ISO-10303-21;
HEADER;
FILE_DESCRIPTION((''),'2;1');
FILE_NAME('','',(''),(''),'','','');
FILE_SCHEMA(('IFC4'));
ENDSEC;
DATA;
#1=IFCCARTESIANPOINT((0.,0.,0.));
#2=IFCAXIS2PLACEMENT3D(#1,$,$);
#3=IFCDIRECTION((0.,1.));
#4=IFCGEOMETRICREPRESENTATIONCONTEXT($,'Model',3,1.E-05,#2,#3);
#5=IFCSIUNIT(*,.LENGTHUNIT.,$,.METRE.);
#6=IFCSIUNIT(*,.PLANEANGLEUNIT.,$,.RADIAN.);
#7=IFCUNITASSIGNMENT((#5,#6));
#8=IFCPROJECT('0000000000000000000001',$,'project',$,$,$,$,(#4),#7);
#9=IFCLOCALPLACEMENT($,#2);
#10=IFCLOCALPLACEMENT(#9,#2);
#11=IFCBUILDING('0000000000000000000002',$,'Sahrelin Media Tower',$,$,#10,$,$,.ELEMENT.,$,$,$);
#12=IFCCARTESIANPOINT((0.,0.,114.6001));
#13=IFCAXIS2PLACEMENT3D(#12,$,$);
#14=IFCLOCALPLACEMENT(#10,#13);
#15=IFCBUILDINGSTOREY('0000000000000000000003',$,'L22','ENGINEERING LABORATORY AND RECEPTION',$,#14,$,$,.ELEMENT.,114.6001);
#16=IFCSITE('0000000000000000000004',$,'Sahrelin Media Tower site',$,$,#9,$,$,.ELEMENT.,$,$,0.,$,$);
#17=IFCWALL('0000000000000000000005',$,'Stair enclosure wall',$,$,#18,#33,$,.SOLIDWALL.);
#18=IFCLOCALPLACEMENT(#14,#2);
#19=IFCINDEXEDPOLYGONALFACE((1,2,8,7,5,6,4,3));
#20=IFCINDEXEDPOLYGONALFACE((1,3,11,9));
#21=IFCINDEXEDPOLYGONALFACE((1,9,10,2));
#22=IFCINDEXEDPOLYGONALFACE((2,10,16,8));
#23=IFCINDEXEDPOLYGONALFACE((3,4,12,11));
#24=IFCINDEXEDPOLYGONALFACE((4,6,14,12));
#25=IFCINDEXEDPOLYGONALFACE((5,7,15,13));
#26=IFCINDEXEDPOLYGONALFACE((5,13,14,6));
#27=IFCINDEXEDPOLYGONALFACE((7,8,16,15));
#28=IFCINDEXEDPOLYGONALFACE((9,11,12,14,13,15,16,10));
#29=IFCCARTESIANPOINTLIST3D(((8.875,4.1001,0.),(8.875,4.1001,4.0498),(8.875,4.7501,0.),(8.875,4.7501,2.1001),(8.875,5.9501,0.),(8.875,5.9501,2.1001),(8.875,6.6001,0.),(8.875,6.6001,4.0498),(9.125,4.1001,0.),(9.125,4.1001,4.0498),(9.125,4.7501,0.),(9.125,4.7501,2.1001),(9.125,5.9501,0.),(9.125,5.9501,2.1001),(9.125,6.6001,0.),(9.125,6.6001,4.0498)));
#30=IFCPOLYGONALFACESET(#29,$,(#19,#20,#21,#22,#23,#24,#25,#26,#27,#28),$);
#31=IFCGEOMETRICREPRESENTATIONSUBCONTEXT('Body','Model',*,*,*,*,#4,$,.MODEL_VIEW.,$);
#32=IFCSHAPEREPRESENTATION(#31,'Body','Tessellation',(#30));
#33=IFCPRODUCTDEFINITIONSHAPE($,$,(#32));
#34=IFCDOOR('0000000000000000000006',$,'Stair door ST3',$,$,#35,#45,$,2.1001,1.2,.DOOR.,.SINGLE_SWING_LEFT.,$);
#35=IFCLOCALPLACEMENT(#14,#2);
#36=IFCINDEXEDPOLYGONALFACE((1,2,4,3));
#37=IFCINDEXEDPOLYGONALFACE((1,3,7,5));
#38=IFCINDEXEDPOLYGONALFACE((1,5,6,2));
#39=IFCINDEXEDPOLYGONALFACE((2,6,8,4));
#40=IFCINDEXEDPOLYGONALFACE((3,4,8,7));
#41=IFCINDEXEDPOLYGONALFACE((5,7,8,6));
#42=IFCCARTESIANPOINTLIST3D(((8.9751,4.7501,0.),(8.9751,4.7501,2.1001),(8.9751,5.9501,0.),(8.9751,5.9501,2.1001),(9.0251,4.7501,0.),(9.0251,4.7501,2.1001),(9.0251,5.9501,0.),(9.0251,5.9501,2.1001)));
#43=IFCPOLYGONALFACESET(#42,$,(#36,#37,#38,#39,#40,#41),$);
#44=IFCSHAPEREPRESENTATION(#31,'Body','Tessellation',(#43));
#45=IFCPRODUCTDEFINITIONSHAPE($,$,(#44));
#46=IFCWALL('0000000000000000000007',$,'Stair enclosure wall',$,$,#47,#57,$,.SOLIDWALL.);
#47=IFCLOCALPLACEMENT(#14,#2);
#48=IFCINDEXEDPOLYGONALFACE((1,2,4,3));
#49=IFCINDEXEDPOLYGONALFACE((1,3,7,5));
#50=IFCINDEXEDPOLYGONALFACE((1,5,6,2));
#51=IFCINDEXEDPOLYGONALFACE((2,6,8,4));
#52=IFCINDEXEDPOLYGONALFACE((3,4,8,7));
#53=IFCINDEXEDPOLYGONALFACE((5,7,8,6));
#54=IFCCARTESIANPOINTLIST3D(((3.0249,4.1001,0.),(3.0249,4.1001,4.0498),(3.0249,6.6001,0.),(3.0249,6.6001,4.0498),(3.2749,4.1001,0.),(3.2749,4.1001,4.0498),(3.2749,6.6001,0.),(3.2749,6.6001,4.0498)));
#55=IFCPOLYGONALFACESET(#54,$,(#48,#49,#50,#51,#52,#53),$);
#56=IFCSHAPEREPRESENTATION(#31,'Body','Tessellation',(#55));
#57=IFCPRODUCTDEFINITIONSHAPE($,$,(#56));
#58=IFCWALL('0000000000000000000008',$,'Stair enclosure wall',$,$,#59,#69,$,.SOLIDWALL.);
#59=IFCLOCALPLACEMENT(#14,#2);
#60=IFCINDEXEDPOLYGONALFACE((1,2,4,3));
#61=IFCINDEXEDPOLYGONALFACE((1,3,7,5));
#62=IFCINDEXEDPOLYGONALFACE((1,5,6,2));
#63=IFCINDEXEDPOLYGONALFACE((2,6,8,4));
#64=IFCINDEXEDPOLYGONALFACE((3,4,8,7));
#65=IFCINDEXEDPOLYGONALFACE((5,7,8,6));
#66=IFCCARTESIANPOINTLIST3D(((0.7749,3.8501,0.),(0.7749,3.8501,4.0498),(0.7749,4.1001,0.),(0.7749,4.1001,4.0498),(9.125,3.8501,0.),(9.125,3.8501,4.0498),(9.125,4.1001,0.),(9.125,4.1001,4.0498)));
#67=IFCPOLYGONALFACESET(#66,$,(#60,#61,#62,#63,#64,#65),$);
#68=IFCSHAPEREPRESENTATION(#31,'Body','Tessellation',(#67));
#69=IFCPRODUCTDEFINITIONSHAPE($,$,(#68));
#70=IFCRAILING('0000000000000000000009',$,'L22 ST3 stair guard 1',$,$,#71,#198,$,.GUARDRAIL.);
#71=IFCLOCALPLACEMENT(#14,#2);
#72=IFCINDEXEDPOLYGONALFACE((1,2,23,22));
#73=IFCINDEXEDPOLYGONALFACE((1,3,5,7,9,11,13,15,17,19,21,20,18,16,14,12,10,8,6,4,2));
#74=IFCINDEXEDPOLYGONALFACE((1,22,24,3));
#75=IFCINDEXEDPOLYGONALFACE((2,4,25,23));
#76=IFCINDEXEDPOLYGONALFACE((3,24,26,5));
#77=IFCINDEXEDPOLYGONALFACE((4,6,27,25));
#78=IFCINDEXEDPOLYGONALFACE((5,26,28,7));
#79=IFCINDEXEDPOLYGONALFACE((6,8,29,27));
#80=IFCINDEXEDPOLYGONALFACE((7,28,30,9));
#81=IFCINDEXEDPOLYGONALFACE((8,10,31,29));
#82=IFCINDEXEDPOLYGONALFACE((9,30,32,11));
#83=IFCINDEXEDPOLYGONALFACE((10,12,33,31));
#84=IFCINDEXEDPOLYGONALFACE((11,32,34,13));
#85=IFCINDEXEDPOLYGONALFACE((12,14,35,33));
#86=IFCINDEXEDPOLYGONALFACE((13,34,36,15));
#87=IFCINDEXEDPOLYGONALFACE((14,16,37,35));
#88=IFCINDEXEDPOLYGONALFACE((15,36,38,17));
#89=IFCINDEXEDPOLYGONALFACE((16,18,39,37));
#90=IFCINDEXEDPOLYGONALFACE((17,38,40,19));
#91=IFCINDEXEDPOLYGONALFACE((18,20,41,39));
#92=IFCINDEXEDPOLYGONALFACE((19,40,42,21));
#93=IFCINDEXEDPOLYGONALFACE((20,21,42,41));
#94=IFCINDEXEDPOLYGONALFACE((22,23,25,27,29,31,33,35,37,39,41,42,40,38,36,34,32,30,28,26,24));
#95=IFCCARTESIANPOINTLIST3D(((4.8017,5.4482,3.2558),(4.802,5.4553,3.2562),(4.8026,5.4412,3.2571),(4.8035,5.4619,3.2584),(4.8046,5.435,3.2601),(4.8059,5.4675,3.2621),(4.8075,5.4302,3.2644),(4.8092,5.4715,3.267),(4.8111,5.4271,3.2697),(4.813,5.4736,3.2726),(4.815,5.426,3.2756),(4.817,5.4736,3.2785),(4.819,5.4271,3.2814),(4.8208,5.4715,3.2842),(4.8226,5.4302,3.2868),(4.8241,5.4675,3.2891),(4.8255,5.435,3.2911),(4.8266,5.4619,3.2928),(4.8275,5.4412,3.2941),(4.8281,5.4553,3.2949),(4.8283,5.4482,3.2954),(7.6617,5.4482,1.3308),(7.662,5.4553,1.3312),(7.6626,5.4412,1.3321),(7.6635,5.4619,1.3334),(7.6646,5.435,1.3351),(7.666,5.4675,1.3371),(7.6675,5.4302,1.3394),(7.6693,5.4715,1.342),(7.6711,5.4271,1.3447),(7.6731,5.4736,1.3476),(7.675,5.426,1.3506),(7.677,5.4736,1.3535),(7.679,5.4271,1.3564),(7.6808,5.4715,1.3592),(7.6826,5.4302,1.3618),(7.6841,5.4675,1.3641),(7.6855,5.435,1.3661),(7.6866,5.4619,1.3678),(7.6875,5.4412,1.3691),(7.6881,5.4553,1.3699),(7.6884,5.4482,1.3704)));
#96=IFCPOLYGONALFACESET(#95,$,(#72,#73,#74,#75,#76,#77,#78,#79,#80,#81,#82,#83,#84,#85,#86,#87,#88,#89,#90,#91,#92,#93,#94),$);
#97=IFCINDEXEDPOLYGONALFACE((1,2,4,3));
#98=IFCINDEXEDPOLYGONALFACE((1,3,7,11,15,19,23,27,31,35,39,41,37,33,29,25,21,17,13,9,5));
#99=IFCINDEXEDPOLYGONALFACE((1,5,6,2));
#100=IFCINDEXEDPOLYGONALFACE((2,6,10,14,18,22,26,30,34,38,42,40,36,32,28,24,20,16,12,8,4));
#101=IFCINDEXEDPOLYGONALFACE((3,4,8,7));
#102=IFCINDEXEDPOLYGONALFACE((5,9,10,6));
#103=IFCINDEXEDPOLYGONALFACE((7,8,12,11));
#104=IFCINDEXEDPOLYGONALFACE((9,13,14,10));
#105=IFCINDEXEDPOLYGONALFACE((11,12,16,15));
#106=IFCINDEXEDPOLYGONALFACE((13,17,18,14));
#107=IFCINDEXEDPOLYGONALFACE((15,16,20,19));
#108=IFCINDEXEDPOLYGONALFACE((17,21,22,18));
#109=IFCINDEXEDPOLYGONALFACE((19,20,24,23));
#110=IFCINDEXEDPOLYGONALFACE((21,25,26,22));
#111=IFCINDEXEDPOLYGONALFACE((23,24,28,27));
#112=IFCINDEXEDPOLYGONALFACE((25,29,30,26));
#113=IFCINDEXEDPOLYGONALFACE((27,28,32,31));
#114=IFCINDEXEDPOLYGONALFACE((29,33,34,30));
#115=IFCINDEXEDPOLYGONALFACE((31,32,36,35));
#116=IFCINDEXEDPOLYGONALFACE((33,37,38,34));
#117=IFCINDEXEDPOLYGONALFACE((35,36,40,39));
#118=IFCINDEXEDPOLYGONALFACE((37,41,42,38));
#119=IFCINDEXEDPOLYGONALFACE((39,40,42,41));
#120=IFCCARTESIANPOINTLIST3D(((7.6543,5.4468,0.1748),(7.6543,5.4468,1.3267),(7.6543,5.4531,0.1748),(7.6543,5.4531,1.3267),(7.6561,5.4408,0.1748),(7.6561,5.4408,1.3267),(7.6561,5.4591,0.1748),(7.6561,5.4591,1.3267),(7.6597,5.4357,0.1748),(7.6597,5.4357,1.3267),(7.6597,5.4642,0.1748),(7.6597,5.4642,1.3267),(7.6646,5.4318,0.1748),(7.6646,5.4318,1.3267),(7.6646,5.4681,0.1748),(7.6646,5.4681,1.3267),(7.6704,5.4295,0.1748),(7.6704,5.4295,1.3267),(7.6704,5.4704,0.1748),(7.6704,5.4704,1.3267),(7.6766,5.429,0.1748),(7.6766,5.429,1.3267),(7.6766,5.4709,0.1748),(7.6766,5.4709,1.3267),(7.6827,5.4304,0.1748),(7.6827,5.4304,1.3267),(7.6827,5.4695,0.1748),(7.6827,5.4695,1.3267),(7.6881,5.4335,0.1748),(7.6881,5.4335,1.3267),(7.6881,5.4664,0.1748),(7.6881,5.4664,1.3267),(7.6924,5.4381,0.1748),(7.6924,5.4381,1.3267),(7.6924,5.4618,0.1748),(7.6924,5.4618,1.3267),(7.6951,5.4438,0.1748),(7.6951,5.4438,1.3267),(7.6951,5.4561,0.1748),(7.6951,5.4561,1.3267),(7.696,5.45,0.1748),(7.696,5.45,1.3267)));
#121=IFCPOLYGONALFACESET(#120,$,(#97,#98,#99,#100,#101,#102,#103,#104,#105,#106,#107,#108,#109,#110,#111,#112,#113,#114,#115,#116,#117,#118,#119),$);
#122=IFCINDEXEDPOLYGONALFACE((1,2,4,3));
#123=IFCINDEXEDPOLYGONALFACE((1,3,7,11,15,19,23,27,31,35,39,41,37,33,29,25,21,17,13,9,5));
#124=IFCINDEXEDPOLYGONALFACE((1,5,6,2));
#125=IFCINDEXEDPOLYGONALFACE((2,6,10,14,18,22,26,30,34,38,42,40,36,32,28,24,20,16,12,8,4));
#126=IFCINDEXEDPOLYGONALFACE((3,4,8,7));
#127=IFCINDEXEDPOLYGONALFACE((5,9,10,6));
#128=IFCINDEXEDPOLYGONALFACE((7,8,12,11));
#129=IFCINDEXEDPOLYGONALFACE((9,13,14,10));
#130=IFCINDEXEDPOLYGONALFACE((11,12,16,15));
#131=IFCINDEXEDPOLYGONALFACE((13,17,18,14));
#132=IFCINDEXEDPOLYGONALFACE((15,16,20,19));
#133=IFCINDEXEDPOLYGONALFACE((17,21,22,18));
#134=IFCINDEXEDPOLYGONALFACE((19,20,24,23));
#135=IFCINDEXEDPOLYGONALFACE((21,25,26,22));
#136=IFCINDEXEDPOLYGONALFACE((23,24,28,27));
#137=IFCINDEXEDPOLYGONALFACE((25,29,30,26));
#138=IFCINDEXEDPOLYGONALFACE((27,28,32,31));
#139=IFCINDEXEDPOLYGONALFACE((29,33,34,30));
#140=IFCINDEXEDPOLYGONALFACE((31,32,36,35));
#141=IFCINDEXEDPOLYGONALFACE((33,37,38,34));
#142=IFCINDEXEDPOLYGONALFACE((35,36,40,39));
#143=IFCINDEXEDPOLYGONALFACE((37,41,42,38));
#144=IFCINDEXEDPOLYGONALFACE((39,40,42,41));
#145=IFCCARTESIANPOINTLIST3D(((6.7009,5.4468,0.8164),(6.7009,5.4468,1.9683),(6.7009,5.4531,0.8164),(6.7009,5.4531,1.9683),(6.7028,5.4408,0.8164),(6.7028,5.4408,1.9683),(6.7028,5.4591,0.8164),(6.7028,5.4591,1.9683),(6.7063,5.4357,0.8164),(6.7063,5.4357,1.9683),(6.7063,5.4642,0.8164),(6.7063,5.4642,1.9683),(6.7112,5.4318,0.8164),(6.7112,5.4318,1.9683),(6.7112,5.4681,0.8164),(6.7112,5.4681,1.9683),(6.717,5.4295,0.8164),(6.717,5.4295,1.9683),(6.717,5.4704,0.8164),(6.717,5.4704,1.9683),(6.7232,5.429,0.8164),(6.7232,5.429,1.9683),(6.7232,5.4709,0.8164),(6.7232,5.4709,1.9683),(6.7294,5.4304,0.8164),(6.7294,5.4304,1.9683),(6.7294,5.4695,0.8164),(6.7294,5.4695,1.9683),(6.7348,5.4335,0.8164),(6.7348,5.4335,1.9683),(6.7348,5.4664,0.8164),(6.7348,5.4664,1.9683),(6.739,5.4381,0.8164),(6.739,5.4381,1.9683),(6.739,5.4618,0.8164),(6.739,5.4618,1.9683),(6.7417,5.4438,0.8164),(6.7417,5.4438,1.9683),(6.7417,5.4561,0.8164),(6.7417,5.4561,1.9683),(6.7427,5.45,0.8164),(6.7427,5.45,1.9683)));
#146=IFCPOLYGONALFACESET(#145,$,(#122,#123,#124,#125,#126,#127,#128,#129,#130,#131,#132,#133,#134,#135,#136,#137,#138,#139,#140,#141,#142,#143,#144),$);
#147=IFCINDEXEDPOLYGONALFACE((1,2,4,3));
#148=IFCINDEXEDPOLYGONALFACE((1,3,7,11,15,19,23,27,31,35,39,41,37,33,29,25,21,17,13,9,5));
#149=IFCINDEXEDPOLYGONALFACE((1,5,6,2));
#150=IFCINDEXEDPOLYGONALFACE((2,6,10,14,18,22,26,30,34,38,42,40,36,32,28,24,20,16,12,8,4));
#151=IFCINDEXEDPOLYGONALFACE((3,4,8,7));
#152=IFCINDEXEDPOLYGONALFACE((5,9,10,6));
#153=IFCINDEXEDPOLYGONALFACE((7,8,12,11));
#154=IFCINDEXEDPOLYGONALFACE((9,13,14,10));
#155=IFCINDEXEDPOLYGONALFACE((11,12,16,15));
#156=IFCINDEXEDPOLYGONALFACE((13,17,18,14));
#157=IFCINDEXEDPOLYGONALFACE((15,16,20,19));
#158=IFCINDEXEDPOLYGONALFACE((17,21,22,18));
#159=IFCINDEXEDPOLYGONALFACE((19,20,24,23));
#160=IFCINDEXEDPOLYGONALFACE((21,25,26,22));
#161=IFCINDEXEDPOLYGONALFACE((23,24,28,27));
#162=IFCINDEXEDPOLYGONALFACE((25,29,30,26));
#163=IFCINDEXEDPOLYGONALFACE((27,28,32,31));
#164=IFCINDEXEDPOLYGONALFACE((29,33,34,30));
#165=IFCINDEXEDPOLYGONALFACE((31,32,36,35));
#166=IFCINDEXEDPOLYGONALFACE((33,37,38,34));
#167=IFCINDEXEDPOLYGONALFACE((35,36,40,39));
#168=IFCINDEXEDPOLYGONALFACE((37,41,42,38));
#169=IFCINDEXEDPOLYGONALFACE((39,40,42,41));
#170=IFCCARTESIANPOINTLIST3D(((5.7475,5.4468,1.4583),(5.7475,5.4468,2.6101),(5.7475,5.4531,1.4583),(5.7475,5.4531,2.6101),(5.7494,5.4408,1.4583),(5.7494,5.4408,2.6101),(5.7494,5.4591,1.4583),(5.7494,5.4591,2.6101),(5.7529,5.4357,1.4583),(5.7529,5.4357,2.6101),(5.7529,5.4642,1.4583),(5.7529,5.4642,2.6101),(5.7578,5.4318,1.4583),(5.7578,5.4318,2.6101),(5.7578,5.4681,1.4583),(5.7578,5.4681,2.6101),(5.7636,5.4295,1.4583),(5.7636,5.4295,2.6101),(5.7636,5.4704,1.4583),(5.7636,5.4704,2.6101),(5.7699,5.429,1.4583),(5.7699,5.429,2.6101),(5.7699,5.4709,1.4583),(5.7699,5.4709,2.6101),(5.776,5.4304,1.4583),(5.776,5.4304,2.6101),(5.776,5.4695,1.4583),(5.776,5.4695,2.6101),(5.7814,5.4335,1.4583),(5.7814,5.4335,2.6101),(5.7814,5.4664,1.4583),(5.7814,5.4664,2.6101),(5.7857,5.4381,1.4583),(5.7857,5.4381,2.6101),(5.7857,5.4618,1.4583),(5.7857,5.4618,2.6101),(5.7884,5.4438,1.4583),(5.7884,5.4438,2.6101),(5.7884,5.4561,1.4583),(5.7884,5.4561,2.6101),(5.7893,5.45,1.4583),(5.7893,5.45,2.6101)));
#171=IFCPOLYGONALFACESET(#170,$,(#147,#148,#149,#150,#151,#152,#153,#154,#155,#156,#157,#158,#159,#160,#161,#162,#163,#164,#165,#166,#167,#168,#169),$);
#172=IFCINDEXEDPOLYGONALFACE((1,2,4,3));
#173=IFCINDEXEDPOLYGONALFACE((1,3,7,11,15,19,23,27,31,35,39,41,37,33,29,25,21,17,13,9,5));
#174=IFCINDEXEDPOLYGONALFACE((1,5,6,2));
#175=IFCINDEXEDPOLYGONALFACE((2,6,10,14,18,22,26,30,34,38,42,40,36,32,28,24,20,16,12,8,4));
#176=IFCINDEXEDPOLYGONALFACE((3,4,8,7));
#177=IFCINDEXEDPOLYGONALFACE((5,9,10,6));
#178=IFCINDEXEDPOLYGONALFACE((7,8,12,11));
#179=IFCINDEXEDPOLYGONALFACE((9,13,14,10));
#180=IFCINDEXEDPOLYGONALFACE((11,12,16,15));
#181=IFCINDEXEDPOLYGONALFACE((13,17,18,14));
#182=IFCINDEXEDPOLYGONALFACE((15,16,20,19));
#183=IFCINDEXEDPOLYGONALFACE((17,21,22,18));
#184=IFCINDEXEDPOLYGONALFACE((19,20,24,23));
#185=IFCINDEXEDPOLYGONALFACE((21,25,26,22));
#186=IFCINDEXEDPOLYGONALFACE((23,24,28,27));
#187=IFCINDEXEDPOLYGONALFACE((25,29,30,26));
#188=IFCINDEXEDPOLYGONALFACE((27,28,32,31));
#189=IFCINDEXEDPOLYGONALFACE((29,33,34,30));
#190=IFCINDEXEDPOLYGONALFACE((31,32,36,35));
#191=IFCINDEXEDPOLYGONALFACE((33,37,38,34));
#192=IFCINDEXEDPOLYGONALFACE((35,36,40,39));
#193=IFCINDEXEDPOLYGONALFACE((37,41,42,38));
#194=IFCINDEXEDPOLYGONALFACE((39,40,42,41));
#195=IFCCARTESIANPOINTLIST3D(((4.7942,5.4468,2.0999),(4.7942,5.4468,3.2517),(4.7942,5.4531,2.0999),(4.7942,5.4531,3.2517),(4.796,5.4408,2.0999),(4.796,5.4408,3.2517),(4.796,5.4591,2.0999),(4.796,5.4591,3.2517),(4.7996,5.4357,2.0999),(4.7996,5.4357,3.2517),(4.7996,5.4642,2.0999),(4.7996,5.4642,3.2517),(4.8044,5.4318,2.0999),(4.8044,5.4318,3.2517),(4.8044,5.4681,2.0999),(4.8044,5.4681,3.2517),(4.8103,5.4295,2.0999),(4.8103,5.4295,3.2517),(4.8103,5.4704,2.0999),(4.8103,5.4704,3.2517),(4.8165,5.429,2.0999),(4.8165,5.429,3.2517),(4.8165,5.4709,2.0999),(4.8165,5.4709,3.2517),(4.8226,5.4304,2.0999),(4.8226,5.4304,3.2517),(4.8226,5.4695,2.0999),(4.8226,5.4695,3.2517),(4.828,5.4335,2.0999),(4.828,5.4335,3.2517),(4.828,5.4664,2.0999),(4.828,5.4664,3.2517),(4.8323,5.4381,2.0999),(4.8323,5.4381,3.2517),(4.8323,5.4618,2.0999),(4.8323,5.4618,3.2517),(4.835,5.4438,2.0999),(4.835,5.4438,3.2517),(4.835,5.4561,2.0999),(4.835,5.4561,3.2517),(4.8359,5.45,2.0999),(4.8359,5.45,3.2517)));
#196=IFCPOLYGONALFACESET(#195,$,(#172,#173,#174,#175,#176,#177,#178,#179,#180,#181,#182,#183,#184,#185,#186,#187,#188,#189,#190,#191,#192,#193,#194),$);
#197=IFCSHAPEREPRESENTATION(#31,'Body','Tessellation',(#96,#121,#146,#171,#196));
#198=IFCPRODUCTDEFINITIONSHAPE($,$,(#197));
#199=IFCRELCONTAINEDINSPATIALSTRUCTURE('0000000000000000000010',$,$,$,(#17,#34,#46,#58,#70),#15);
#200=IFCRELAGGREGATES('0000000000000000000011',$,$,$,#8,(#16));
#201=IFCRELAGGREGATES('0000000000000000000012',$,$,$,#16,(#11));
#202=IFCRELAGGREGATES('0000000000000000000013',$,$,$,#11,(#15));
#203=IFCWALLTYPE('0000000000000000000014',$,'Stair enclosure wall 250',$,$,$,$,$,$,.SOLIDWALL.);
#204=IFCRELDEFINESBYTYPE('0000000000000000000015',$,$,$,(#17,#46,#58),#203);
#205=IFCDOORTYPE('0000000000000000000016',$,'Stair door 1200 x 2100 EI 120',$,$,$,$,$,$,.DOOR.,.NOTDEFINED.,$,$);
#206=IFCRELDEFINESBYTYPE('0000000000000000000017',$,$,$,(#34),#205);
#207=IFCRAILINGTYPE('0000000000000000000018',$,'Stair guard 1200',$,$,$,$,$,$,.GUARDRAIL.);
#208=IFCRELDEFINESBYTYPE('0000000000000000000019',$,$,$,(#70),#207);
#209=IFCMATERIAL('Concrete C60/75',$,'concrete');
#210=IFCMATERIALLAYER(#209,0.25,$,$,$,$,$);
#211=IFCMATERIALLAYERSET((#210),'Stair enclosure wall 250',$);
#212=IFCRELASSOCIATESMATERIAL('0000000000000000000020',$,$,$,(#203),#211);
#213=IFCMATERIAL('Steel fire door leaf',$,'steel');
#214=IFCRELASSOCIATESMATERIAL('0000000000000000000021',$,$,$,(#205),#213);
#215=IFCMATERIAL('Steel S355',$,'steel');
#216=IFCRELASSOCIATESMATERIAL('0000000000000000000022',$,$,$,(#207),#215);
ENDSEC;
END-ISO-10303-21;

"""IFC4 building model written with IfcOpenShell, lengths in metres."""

from ifc_helpers import new_model, si_unit, direction, frame, frame_2d, origin, origin_2d, place, context, subcontext, project, spatial, rectangle, circle, extrude, material, layer, layer_set, type_object, element, fill, save


model = new_model("IFC4")

# Units and contexts
model_context = context("Model", 3, precision=1e-05, world=origin(), true_north=direction((0.0, 1.0)))
body_context = subcontext(model_context, "Body", "Model", "MODEL_VIEW")
ifc_project = project(units=[si_unit("LENGTHUNIT", "METRE"), si_unit("PLANEANGLEUNIT", "RADIAN")], contexts=[model_context])

# Site, building, storey
site_placement = place(None, origin())
site = spatial("IfcSite", under=ifc_project, at=site_placement, Name="Sahrelin Media Tower site", CompositionType="ELEMENT", RefElevation=0.0)
building_placement = place(site_placement, origin())
building = spatial("IfcBuilding", under=site, at=building_placement, Name="Sahrelin Media Tower", CompositionType="ELEMENT")
storey_placement = place(building_placement, frame((0.0, 0.0, 114.6001)))
storey = spatial("IfcBuildingStorey", under=building, at=storey_placement, Name="L22", Description="ENGINEERING LABORATORY AND RECEPTION", CompositionType="ELEMENT", Elevation=114.6001)

# Shared definitions
ifc_material_1 = material(Name="Steel S355", Category="steel")

# Shared definitions
ifc_material_2 = material(Name="Steel fire door leaf", Category="steel")

# Shared definitions
ifc_material_3 = material(Name="Concrete C60/75", Category="concrete")

# Wall, opening, door
ifc_layer_1 = layer(ifc_material_3, 0.25)
ifc_layer_set_1 = layer_set([ifc_layer_1], Name="Stair enclosure wall 250")
wall_type_1 = type_object("IfcWallType", Name="Stair enclosure wall 250", PredefinedType="SOLIDWALL", material=ifc_layer_set_1)
wall_1_placement = place(storey_placement, frame((9.0, 4.1001, 0.0), z_axis=(0.0, 0.0, 1.0), x_axis=(0.0, 1.0, 0.0)))
wall_1 = element("IfcWall", 1, at=wall_1_placement, inside=storey, type_object=wall_type_1, Name="Stair enclosure wall", PredefinedType="SOLIDWALL", context=body_context, shape_type="SweptSolid", body=[
    extrude(rectangle(XDim=2.5, YDim=0.25, at=frame_2d((1.25, 0.0))), origin(), (0.0, 0.0, 1.0), 4.0498),
])
opening_1_placement = place(wall_1_placement, frame((0.6499, 0.0, 0.0)))
opening_1 = element("IfcOpeningElement", 2, at=opening_1_placement, cuts=wall_1, PredefinedType="OPENING", context=body_context, shape_type="SweptSolid", body=[
    extrude(rectangle(XDim=1.2, YDim=2.1001, at=frame_2d((0.6001, 1.05))), frame((0.0, 0.125, 0.0), z_axis=(0.0, -1.0, 0.0), x_axis=(1.0, 0.0, 0.0)), (0.0, 0.0, 1.0), 0.25),
])
door_type_1 = type_object("IfcDoorType", Name="Stair door 1200 x 2100 EI 120", OperationType="NOTDEFINED", PredefinedType="DOOR", material=ifc_material_2)
door_1_placement = place(opening_1_placement, origin())
door_1 = element("IfcDoor", 3, at=door_1_placement, inside=storey, type_object=door_type_1, Name="Stair door ST3", OperationType="SINGLE_SWING_LEFT", OverallHeight=2.1001, OverallWidth=1.2, PredefinedType="DOOR", context=body_context, shape_type="SweptSolid", body=[
    extrude(rectangle(XDim=1.2, YDim=2.1001, at=frame_2d((0.6001, 1.05))), frame((0.0, 0.0249, 0.0), z_axis=(0.0, -1.0, 0.0), x_axis=(1.0, 0.0, 0.0)), (0.0, 0.0, 1.0), 0.05),
])
fill(opening_1, door_1)

# Walls
wall_2_placement = place(storey_placement, frame((3.1499, 4.1001, 0.0), z_axis=(0.0, 0.0, 1.0), x_axis=(0.0, 1.0, 0.0)))
element("IfcWall", 4, at=wall_2_placement, inside=storey, type_object=wall_type_1, Name="Stair enclosure wall", PredefinedType="SOLIDWALL", context=body_context, shape_type="SweptSolid", body=[
    extrude(rectangle(XDim=2.5, YDim=0.25, at=frame_2d((1.25, 0.0))), origin(), (0.0, 0.0, 1.0), 4.0498),
])
wall_3_placement = place(storey_placement, frame((0.7749, 3.9751, 0.0), z_axis=(0.0, 0.0, 1.0), x_axis=(1.0, 0.0, 0.0)))
element("IfcWall", 5, at=wall_3_placement, inside=storey, type_object=wall_type_1, Name="Stair enclosure wall", PredefinedType="SOLIDWALL", context=body_context, shape_type="SweptSolid", body=[
    extrude(rectangle(XDim=8.3501, YDim=0.25, at=frame_2d((4.175, 0.0))), origin(), (0.0, 0.0, 1.0), 4.0498),
])

# Railing
railing_type_1 = type_object("IfcRailingType", Name="Stair guard 1200", PredefinedType="GUARDRAIL", material=ifc_material_1)
railing_1_placement = place(storey_placement, frame((7.675, 5.45, 0.1748)))
element("IfcRailing", 6, at=railing_1_placement, inside=storey, type_object=railing_type_1, Name="L22 ST3 stair guard 1", PredefinedType="GUARDRAIL", context=body_context, shape_type="SweptSolid", body=[
    extrude(circle(Radius=0.0239, at=origin_2d()), frame((0.0, 0.0, 1.1758), z_axis=(-0.829591, 0.0, 0.558372), x_axis=(0.0, -1.0, 0.0)), (0.0, 0.0, 1.0), 3.4475),
    extrude(circle(Radius=0.021, at=origin_2d()), origin(), (0.0, 0.0, 1.0), 1.1519),
    extrude(circle(Radius=0.021, at=origin_2d()), frame((-0.9534, 0.0, 0.6416)), (0.0, 0.0, 1.0), 1.1519),
    extrude(circle(Radius=0.021, at=origin_2d()), frame((-1.9067, 0.0, 1.2834)), (0.0, 0.0, 1.0), 1.1519),
    extrude(circle(Radius=0.021, at=origin_2d()), frame((-2.8601, 0.0, 1.925)), (0.0, 0.0, 1.0), 1.1519),
])

save(model, "model.ifc")
